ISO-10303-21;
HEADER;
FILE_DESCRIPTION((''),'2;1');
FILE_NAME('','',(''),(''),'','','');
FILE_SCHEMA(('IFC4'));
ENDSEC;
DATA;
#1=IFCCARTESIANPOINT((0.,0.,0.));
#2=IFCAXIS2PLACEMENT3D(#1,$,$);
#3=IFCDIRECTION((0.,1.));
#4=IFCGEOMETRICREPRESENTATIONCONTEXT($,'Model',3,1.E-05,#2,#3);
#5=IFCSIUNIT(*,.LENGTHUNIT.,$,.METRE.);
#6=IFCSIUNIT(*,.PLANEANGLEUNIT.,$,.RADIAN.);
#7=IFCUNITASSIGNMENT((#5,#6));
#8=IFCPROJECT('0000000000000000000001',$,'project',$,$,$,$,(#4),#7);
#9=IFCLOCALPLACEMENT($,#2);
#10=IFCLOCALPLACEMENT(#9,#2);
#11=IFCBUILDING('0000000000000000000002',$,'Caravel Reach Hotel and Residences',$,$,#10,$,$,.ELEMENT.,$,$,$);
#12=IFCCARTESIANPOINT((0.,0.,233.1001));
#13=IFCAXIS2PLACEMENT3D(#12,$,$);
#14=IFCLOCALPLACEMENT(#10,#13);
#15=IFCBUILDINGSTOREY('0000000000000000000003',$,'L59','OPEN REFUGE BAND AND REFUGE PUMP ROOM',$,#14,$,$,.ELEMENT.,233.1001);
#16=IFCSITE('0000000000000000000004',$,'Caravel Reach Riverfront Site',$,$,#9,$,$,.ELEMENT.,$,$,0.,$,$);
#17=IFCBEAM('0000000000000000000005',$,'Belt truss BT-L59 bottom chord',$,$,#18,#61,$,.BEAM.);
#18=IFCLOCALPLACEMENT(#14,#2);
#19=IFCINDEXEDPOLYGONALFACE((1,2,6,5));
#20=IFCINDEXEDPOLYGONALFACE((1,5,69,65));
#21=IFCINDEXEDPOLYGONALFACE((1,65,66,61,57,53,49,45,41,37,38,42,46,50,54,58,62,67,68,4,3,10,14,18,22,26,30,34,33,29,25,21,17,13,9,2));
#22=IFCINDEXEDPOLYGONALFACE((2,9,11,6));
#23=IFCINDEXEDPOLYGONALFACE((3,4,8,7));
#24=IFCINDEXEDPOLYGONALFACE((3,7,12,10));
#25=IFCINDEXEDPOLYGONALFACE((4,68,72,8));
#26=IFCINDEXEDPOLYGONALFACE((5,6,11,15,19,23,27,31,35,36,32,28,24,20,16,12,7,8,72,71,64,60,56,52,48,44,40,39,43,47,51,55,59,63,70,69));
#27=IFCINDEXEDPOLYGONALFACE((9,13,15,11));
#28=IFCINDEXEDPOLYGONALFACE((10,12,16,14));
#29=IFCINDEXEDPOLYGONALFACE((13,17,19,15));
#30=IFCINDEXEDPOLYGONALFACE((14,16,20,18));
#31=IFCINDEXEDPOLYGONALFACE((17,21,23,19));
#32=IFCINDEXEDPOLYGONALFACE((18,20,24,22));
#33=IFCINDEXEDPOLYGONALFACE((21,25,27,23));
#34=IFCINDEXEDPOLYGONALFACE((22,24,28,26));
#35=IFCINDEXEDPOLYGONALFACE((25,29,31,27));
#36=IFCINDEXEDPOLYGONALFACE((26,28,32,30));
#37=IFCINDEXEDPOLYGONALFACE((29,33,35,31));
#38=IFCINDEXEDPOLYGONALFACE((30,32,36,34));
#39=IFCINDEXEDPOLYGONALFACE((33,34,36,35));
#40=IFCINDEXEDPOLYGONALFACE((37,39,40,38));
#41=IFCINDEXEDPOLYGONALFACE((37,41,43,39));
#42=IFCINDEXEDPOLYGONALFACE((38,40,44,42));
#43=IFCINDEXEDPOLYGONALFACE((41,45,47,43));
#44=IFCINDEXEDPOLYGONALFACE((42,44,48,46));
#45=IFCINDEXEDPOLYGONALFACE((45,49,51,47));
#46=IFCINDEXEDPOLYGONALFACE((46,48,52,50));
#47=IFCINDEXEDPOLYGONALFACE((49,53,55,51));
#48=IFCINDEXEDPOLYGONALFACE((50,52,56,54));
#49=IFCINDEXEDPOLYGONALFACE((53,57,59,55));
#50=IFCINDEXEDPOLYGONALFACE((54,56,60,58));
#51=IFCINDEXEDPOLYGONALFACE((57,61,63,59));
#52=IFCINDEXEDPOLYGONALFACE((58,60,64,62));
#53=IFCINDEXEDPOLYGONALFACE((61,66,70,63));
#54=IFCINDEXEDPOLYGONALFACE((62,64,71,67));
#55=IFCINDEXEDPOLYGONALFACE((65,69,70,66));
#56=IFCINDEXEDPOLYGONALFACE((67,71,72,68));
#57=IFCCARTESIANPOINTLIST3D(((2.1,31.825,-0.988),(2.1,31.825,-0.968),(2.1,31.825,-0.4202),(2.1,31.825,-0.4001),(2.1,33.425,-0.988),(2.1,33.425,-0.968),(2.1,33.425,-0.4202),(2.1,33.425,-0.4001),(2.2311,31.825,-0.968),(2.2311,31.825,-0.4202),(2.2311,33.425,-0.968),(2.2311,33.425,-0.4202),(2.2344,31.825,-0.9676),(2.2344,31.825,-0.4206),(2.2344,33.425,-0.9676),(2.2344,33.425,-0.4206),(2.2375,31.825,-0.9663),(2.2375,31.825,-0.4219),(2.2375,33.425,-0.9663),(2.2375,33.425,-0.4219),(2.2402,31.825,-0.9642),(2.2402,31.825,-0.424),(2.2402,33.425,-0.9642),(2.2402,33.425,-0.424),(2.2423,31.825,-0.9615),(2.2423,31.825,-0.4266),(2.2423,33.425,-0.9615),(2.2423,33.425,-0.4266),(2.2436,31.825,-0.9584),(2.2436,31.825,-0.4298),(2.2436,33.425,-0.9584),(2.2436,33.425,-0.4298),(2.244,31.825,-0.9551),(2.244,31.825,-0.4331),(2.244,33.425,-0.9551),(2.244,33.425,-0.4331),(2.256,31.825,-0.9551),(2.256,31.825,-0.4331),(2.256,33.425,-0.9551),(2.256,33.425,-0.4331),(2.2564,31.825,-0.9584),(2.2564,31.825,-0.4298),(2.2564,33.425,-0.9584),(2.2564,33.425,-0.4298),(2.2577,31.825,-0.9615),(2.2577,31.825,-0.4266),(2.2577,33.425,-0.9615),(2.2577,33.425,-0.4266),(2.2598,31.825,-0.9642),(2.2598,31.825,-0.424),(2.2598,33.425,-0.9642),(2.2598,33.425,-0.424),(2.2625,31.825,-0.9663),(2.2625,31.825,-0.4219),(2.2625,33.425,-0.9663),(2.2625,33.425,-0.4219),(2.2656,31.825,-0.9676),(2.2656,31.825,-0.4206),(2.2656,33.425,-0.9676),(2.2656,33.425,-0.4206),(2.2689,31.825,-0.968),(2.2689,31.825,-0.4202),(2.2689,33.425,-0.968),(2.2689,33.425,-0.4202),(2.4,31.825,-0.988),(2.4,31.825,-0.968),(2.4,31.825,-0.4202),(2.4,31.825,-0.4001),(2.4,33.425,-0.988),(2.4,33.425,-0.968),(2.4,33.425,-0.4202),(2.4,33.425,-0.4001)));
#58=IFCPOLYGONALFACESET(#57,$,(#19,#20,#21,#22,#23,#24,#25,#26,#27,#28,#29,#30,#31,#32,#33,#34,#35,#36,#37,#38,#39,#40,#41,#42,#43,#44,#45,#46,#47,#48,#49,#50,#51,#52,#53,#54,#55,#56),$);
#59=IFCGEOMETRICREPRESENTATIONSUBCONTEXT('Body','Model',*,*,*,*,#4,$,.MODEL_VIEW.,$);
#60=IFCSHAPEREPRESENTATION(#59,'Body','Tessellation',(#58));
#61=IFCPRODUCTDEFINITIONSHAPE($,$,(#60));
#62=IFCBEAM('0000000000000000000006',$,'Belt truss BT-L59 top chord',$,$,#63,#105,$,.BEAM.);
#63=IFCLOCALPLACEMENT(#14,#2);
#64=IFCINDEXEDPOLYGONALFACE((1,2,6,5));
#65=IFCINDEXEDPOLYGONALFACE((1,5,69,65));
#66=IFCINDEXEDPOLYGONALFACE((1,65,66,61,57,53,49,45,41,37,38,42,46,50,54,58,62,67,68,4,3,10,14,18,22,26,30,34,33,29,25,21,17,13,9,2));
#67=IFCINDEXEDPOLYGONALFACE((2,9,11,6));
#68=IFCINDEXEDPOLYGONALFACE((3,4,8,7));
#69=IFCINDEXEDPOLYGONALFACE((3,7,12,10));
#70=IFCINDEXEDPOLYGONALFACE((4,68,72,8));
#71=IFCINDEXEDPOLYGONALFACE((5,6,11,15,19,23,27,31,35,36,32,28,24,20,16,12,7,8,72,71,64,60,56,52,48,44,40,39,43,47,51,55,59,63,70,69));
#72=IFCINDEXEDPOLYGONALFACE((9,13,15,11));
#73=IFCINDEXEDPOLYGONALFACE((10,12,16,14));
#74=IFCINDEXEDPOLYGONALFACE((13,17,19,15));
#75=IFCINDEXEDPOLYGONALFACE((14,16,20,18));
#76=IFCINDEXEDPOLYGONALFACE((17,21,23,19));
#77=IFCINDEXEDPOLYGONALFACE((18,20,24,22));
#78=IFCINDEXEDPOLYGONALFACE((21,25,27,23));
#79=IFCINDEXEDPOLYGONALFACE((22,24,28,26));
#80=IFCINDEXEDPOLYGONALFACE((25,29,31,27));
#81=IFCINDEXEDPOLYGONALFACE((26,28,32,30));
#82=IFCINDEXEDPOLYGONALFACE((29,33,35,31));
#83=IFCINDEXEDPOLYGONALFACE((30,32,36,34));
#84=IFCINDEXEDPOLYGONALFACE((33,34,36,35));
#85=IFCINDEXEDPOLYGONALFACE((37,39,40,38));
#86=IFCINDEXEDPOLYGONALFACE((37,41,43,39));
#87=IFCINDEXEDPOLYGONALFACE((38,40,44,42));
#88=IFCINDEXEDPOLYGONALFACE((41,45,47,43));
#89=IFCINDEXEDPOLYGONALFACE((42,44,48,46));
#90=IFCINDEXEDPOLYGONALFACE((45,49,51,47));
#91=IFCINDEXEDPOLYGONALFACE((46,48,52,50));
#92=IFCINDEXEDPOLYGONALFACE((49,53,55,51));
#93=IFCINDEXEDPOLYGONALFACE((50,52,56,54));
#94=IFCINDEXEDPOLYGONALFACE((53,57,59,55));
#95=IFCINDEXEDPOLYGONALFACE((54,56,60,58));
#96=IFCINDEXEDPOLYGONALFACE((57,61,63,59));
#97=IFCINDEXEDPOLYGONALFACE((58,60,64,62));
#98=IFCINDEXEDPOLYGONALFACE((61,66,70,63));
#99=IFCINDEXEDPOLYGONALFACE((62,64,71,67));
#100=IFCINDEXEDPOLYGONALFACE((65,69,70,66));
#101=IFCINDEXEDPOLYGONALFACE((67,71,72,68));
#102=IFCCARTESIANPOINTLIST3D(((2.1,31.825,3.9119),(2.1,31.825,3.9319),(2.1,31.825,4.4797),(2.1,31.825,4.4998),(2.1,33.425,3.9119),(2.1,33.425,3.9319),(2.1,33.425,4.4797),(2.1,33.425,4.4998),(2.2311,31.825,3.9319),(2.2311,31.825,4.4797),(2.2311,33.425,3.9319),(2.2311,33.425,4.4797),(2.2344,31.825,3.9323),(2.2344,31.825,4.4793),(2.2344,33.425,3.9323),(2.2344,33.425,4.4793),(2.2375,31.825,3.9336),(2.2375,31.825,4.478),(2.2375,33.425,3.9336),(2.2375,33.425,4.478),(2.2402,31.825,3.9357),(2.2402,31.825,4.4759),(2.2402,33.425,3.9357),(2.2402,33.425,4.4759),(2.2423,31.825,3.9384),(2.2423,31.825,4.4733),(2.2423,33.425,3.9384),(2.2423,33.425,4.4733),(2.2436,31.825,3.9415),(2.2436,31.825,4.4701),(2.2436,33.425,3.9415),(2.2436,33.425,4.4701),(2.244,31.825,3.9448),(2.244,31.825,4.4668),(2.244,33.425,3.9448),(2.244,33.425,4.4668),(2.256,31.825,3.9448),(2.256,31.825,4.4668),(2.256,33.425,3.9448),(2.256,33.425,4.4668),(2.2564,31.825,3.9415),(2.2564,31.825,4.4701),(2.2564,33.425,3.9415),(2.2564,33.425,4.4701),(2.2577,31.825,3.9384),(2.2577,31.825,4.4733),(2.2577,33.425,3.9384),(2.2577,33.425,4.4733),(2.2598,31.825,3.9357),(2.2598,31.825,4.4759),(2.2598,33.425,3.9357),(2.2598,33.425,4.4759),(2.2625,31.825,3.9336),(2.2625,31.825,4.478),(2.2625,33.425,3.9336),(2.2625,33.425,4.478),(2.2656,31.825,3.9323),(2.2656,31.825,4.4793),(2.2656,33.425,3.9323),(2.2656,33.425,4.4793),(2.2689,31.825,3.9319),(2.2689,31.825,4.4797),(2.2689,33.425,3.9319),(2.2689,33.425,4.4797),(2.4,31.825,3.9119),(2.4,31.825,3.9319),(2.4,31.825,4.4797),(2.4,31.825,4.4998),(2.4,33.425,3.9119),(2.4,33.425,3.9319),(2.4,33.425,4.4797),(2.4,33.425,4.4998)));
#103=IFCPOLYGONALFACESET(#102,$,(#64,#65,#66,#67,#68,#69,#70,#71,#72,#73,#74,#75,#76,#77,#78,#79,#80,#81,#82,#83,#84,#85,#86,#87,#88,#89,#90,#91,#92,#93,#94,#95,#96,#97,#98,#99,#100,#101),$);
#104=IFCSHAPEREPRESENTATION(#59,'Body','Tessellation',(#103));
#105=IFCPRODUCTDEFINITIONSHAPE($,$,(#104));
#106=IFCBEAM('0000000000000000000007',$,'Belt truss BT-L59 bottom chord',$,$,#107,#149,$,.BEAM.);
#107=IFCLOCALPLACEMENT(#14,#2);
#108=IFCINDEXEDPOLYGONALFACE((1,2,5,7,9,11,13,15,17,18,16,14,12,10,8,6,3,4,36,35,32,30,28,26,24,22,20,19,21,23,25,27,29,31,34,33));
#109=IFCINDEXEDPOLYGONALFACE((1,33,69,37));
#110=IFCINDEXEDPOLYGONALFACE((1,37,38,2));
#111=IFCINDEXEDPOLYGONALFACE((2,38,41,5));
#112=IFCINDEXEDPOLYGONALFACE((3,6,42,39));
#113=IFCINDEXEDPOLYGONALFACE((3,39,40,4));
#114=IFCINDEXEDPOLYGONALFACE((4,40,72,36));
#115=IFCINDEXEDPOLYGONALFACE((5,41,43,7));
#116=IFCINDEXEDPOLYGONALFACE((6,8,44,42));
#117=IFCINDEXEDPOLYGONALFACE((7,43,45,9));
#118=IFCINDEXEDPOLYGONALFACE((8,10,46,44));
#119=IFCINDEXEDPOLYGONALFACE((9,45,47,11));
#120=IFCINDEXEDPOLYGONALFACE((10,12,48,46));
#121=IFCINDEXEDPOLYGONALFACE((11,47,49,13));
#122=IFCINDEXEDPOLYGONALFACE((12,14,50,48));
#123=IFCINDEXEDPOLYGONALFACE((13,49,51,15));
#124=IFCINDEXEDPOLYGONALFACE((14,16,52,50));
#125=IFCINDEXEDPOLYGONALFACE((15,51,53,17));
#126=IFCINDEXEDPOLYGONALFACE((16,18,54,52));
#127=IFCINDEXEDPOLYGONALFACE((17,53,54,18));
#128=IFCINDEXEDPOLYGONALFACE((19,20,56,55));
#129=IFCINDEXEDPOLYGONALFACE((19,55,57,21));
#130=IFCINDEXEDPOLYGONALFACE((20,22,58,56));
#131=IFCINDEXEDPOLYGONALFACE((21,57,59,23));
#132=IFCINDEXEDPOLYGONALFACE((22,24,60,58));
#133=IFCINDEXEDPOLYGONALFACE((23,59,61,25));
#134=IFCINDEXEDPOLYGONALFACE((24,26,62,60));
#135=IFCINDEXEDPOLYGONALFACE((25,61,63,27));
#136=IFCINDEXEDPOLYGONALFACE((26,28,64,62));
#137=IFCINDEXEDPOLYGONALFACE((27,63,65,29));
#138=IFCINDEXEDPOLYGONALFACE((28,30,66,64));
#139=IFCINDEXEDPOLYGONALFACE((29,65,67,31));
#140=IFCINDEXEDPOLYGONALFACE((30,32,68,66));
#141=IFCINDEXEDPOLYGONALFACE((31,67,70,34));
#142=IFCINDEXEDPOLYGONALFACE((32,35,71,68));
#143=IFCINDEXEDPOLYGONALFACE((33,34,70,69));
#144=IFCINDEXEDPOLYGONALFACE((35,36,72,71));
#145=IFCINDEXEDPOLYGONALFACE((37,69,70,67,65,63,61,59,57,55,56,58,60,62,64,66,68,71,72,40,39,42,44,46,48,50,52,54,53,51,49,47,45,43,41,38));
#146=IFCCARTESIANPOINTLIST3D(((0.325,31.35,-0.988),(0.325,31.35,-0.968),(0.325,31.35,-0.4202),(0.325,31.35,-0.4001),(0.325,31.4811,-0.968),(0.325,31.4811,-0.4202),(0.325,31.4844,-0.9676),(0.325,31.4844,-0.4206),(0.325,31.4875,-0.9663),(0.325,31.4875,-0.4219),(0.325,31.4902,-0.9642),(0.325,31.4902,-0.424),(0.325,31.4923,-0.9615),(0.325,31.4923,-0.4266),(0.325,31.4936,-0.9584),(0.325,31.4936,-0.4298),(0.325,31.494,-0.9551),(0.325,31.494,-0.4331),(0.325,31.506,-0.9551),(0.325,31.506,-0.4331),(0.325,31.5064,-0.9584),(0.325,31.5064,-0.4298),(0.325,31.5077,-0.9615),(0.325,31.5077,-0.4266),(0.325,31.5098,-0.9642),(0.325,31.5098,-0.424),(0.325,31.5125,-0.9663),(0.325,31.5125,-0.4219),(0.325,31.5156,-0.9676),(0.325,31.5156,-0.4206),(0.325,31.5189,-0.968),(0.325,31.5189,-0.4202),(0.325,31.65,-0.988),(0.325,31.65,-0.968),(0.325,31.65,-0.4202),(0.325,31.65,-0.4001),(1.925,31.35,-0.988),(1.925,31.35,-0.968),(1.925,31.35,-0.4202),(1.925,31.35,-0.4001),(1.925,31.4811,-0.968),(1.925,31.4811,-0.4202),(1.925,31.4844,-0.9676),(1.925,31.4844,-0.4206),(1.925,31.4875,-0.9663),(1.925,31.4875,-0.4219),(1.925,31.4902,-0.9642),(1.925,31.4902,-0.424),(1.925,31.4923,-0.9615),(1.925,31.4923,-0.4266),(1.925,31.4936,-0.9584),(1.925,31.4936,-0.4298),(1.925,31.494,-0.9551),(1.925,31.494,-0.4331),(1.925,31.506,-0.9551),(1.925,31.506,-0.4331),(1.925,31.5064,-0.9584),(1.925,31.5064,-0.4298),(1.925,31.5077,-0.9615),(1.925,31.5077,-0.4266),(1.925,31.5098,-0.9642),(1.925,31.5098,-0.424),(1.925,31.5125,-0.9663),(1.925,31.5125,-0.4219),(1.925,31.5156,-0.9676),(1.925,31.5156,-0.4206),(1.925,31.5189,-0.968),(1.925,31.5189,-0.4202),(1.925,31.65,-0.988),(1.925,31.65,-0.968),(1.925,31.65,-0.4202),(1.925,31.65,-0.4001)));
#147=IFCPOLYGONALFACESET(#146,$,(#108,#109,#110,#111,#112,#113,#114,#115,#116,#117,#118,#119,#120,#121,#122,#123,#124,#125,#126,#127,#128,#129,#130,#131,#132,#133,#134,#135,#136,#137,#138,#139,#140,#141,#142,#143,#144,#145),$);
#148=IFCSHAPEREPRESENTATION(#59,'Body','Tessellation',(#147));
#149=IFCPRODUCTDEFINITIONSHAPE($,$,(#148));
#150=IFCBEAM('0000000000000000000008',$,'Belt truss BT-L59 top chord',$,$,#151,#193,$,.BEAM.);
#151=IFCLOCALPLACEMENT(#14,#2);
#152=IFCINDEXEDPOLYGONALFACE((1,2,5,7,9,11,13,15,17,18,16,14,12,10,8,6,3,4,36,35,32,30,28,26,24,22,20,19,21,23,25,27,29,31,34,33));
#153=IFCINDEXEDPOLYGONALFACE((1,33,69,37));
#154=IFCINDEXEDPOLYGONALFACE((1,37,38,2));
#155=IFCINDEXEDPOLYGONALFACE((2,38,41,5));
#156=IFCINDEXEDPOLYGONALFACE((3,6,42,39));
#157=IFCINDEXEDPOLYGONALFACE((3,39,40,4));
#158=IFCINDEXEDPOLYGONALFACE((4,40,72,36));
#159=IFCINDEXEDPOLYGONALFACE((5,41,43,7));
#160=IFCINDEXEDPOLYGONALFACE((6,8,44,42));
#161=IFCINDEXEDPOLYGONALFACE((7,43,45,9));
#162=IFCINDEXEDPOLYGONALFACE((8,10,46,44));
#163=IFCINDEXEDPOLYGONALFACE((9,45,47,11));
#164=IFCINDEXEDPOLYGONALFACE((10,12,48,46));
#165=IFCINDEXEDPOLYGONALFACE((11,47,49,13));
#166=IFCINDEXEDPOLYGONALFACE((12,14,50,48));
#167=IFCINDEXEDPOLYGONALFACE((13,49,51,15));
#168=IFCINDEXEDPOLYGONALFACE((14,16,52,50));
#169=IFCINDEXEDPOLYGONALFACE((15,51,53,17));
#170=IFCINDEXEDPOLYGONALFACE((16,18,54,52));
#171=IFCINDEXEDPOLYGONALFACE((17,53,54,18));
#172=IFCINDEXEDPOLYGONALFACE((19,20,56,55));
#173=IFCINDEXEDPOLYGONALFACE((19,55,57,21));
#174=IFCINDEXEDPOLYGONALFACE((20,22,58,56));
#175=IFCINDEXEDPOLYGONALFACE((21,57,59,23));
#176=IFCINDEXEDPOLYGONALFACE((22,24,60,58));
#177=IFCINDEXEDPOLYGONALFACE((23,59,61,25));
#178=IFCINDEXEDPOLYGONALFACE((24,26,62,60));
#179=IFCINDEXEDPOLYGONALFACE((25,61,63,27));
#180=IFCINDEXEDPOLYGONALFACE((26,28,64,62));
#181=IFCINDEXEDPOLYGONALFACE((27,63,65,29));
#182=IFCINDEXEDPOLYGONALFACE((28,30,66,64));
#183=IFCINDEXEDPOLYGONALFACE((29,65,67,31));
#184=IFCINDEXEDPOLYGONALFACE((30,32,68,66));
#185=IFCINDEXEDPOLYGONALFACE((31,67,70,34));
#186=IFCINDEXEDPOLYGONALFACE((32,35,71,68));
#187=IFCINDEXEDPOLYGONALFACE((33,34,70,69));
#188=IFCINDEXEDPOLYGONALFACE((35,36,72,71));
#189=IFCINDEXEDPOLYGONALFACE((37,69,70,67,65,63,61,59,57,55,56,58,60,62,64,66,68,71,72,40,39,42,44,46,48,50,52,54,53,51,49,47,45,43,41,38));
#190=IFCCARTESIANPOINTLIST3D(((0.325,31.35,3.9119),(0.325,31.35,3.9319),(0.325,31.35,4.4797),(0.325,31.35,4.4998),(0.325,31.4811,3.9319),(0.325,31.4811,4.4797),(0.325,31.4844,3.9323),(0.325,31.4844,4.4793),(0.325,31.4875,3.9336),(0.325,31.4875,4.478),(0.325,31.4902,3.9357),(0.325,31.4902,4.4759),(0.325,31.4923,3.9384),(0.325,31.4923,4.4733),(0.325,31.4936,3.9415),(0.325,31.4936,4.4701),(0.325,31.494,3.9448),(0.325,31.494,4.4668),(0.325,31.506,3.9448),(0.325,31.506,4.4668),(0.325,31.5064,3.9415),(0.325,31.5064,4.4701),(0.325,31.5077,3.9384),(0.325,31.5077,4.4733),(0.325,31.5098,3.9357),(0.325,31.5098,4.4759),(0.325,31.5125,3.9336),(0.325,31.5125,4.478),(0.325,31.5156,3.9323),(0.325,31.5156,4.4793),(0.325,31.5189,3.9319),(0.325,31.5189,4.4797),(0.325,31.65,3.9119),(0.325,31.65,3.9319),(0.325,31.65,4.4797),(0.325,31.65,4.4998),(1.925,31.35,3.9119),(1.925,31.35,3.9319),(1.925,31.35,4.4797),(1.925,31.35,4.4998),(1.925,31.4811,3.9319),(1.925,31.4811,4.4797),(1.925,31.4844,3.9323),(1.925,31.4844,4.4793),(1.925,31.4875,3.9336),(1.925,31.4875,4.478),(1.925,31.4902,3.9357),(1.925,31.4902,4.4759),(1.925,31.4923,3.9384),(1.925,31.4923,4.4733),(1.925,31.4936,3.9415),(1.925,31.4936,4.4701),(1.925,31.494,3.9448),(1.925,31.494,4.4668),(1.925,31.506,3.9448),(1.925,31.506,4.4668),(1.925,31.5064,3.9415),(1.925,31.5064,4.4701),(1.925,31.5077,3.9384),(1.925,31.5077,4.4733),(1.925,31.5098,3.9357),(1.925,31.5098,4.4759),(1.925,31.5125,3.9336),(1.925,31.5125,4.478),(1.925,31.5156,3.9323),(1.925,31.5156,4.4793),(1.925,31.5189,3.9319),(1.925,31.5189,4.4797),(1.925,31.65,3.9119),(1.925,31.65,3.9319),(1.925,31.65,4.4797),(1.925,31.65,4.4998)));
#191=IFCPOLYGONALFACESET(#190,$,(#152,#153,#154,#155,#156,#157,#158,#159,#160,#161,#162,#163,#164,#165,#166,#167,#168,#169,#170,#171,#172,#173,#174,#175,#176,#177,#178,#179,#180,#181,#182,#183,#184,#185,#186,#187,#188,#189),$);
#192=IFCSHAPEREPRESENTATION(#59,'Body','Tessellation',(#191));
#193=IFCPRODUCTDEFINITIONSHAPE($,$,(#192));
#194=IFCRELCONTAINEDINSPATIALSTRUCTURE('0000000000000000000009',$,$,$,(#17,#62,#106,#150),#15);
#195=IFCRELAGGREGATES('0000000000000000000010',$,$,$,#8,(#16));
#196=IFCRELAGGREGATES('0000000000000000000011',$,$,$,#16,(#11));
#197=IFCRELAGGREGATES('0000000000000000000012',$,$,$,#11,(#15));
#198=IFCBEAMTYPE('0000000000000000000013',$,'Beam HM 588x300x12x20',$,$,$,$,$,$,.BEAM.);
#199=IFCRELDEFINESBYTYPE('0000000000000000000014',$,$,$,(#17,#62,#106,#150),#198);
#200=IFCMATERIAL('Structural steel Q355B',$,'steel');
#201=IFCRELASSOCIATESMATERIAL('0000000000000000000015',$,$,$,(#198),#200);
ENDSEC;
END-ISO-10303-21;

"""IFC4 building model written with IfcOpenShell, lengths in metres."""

from ifc_helpers import new_model, si_unit, direction, frame, origin, origin_2d, place, context, subcontext, project, spatial, i_section, extrude, material, material_profile, profile_set, type_object, element, save


model = new_model("IFC4")

# Units and contexts
model_context = context("Model", 3, precision=1e-05, world=origin(), true_north=direction((0.0, 1.0)))
body_context = subcontext(model_context, "Body", "Model", "MODEL_VIEW")
ifc_project = project(units=[si_unit("LENGTHUNIT", "METRE"), si_unit("PLANEANGLEUNIT", "RADIAN")], contexts=[model_context])

# Site, building, storey
site_placement = place(None, origin())
site = spatial("IfcSite", under=ifc_project, at=site_placement, Name="Caravel Reach Riverfront Site", CompositionType="ELEMENT", RefElevation=0.0)
building_placement = place(site_placement, origin())
building = spatial("IfcBuilding", under=site, at=building_placement, Name="Caravel Reach Hotel and Residences", CompositionType="ELEMENT")
storey_placement = place(building_placement, frame((0.0, 0.0, 233.1001)))
storey = spatial("IfcBuildingStorey", under=building, at=storey_placement, Name="L59", Description="OPEN REFUGE BAND AND REFUGE PUMP ROOM", CompositionType="ELEMENT", Elevation=233.1001)

# Beams
ifc_material_1 = material(Name="Structural steel Q355B", Category="steel")
ifc_material_profile_1 = material_profile(ifc_material_1, i_section(OverallWidth=0.3, OverallDepth=0.5879, WebThickness=0.012, FlangeThickness=0.02, FilletRadius=0.0129, at=origin_2d()), Name="HM 588x300x12x20")
ifc_profile_set_1 = profile_set([ifc_material_profile_1], Name="Structural steel Q355B")
beam_type = type_object("IfcBeamType", Name="Beam HM 588x300x12x20", PredefinedType="BEAM", material=ifc_profile_set_1)
for number, where, z_axis, x_axis, name in (
    (1, (2.25, 33.425, -0.6941), (0.0, -1.0, 0.0), (1.0, 0.0, 0.0), "Belt truss BT-L59 bottom chord"),
    (2, (2.25, 33.425, 4.2058), (0.0, -1.0, 0.0), (1.0, 0.0, 0.0), "Belt truss BT-L59 top chord"),
    (3, (1.925, 31.5, -0.6941), (-1.0, 0.0, 0.0), (0.0, -1.0, 0.0), "Belt truss BT-L59 bottom chord"),
    (4, (1.925, 31.5, 4.2058), (-1.0, 0.0, 0.0), (0.0, -1.0, 0.0), "Belt truss BT-L59 top chord"),
):
    element("IfcBeam", number, at=place(storey_placement, frame(where, z_axis=z_axis, x_axis=x_axis)), inside=storey, type_object=beam_type, Name=name, PredefinedType="BEAM", context=body_context, shape_type="SweptSolid", body=[
        extrude(i_section(OverallWidth=0.3, OverallDepth=0.5879, WebThickness=0.012, FlangeThickness=0.02, FilletRadius=0.0129, at=origin_2d()), origin(), (0.0, 0.0, 1.0), 1.6001),
    ])

save(model, "model.ifc")
